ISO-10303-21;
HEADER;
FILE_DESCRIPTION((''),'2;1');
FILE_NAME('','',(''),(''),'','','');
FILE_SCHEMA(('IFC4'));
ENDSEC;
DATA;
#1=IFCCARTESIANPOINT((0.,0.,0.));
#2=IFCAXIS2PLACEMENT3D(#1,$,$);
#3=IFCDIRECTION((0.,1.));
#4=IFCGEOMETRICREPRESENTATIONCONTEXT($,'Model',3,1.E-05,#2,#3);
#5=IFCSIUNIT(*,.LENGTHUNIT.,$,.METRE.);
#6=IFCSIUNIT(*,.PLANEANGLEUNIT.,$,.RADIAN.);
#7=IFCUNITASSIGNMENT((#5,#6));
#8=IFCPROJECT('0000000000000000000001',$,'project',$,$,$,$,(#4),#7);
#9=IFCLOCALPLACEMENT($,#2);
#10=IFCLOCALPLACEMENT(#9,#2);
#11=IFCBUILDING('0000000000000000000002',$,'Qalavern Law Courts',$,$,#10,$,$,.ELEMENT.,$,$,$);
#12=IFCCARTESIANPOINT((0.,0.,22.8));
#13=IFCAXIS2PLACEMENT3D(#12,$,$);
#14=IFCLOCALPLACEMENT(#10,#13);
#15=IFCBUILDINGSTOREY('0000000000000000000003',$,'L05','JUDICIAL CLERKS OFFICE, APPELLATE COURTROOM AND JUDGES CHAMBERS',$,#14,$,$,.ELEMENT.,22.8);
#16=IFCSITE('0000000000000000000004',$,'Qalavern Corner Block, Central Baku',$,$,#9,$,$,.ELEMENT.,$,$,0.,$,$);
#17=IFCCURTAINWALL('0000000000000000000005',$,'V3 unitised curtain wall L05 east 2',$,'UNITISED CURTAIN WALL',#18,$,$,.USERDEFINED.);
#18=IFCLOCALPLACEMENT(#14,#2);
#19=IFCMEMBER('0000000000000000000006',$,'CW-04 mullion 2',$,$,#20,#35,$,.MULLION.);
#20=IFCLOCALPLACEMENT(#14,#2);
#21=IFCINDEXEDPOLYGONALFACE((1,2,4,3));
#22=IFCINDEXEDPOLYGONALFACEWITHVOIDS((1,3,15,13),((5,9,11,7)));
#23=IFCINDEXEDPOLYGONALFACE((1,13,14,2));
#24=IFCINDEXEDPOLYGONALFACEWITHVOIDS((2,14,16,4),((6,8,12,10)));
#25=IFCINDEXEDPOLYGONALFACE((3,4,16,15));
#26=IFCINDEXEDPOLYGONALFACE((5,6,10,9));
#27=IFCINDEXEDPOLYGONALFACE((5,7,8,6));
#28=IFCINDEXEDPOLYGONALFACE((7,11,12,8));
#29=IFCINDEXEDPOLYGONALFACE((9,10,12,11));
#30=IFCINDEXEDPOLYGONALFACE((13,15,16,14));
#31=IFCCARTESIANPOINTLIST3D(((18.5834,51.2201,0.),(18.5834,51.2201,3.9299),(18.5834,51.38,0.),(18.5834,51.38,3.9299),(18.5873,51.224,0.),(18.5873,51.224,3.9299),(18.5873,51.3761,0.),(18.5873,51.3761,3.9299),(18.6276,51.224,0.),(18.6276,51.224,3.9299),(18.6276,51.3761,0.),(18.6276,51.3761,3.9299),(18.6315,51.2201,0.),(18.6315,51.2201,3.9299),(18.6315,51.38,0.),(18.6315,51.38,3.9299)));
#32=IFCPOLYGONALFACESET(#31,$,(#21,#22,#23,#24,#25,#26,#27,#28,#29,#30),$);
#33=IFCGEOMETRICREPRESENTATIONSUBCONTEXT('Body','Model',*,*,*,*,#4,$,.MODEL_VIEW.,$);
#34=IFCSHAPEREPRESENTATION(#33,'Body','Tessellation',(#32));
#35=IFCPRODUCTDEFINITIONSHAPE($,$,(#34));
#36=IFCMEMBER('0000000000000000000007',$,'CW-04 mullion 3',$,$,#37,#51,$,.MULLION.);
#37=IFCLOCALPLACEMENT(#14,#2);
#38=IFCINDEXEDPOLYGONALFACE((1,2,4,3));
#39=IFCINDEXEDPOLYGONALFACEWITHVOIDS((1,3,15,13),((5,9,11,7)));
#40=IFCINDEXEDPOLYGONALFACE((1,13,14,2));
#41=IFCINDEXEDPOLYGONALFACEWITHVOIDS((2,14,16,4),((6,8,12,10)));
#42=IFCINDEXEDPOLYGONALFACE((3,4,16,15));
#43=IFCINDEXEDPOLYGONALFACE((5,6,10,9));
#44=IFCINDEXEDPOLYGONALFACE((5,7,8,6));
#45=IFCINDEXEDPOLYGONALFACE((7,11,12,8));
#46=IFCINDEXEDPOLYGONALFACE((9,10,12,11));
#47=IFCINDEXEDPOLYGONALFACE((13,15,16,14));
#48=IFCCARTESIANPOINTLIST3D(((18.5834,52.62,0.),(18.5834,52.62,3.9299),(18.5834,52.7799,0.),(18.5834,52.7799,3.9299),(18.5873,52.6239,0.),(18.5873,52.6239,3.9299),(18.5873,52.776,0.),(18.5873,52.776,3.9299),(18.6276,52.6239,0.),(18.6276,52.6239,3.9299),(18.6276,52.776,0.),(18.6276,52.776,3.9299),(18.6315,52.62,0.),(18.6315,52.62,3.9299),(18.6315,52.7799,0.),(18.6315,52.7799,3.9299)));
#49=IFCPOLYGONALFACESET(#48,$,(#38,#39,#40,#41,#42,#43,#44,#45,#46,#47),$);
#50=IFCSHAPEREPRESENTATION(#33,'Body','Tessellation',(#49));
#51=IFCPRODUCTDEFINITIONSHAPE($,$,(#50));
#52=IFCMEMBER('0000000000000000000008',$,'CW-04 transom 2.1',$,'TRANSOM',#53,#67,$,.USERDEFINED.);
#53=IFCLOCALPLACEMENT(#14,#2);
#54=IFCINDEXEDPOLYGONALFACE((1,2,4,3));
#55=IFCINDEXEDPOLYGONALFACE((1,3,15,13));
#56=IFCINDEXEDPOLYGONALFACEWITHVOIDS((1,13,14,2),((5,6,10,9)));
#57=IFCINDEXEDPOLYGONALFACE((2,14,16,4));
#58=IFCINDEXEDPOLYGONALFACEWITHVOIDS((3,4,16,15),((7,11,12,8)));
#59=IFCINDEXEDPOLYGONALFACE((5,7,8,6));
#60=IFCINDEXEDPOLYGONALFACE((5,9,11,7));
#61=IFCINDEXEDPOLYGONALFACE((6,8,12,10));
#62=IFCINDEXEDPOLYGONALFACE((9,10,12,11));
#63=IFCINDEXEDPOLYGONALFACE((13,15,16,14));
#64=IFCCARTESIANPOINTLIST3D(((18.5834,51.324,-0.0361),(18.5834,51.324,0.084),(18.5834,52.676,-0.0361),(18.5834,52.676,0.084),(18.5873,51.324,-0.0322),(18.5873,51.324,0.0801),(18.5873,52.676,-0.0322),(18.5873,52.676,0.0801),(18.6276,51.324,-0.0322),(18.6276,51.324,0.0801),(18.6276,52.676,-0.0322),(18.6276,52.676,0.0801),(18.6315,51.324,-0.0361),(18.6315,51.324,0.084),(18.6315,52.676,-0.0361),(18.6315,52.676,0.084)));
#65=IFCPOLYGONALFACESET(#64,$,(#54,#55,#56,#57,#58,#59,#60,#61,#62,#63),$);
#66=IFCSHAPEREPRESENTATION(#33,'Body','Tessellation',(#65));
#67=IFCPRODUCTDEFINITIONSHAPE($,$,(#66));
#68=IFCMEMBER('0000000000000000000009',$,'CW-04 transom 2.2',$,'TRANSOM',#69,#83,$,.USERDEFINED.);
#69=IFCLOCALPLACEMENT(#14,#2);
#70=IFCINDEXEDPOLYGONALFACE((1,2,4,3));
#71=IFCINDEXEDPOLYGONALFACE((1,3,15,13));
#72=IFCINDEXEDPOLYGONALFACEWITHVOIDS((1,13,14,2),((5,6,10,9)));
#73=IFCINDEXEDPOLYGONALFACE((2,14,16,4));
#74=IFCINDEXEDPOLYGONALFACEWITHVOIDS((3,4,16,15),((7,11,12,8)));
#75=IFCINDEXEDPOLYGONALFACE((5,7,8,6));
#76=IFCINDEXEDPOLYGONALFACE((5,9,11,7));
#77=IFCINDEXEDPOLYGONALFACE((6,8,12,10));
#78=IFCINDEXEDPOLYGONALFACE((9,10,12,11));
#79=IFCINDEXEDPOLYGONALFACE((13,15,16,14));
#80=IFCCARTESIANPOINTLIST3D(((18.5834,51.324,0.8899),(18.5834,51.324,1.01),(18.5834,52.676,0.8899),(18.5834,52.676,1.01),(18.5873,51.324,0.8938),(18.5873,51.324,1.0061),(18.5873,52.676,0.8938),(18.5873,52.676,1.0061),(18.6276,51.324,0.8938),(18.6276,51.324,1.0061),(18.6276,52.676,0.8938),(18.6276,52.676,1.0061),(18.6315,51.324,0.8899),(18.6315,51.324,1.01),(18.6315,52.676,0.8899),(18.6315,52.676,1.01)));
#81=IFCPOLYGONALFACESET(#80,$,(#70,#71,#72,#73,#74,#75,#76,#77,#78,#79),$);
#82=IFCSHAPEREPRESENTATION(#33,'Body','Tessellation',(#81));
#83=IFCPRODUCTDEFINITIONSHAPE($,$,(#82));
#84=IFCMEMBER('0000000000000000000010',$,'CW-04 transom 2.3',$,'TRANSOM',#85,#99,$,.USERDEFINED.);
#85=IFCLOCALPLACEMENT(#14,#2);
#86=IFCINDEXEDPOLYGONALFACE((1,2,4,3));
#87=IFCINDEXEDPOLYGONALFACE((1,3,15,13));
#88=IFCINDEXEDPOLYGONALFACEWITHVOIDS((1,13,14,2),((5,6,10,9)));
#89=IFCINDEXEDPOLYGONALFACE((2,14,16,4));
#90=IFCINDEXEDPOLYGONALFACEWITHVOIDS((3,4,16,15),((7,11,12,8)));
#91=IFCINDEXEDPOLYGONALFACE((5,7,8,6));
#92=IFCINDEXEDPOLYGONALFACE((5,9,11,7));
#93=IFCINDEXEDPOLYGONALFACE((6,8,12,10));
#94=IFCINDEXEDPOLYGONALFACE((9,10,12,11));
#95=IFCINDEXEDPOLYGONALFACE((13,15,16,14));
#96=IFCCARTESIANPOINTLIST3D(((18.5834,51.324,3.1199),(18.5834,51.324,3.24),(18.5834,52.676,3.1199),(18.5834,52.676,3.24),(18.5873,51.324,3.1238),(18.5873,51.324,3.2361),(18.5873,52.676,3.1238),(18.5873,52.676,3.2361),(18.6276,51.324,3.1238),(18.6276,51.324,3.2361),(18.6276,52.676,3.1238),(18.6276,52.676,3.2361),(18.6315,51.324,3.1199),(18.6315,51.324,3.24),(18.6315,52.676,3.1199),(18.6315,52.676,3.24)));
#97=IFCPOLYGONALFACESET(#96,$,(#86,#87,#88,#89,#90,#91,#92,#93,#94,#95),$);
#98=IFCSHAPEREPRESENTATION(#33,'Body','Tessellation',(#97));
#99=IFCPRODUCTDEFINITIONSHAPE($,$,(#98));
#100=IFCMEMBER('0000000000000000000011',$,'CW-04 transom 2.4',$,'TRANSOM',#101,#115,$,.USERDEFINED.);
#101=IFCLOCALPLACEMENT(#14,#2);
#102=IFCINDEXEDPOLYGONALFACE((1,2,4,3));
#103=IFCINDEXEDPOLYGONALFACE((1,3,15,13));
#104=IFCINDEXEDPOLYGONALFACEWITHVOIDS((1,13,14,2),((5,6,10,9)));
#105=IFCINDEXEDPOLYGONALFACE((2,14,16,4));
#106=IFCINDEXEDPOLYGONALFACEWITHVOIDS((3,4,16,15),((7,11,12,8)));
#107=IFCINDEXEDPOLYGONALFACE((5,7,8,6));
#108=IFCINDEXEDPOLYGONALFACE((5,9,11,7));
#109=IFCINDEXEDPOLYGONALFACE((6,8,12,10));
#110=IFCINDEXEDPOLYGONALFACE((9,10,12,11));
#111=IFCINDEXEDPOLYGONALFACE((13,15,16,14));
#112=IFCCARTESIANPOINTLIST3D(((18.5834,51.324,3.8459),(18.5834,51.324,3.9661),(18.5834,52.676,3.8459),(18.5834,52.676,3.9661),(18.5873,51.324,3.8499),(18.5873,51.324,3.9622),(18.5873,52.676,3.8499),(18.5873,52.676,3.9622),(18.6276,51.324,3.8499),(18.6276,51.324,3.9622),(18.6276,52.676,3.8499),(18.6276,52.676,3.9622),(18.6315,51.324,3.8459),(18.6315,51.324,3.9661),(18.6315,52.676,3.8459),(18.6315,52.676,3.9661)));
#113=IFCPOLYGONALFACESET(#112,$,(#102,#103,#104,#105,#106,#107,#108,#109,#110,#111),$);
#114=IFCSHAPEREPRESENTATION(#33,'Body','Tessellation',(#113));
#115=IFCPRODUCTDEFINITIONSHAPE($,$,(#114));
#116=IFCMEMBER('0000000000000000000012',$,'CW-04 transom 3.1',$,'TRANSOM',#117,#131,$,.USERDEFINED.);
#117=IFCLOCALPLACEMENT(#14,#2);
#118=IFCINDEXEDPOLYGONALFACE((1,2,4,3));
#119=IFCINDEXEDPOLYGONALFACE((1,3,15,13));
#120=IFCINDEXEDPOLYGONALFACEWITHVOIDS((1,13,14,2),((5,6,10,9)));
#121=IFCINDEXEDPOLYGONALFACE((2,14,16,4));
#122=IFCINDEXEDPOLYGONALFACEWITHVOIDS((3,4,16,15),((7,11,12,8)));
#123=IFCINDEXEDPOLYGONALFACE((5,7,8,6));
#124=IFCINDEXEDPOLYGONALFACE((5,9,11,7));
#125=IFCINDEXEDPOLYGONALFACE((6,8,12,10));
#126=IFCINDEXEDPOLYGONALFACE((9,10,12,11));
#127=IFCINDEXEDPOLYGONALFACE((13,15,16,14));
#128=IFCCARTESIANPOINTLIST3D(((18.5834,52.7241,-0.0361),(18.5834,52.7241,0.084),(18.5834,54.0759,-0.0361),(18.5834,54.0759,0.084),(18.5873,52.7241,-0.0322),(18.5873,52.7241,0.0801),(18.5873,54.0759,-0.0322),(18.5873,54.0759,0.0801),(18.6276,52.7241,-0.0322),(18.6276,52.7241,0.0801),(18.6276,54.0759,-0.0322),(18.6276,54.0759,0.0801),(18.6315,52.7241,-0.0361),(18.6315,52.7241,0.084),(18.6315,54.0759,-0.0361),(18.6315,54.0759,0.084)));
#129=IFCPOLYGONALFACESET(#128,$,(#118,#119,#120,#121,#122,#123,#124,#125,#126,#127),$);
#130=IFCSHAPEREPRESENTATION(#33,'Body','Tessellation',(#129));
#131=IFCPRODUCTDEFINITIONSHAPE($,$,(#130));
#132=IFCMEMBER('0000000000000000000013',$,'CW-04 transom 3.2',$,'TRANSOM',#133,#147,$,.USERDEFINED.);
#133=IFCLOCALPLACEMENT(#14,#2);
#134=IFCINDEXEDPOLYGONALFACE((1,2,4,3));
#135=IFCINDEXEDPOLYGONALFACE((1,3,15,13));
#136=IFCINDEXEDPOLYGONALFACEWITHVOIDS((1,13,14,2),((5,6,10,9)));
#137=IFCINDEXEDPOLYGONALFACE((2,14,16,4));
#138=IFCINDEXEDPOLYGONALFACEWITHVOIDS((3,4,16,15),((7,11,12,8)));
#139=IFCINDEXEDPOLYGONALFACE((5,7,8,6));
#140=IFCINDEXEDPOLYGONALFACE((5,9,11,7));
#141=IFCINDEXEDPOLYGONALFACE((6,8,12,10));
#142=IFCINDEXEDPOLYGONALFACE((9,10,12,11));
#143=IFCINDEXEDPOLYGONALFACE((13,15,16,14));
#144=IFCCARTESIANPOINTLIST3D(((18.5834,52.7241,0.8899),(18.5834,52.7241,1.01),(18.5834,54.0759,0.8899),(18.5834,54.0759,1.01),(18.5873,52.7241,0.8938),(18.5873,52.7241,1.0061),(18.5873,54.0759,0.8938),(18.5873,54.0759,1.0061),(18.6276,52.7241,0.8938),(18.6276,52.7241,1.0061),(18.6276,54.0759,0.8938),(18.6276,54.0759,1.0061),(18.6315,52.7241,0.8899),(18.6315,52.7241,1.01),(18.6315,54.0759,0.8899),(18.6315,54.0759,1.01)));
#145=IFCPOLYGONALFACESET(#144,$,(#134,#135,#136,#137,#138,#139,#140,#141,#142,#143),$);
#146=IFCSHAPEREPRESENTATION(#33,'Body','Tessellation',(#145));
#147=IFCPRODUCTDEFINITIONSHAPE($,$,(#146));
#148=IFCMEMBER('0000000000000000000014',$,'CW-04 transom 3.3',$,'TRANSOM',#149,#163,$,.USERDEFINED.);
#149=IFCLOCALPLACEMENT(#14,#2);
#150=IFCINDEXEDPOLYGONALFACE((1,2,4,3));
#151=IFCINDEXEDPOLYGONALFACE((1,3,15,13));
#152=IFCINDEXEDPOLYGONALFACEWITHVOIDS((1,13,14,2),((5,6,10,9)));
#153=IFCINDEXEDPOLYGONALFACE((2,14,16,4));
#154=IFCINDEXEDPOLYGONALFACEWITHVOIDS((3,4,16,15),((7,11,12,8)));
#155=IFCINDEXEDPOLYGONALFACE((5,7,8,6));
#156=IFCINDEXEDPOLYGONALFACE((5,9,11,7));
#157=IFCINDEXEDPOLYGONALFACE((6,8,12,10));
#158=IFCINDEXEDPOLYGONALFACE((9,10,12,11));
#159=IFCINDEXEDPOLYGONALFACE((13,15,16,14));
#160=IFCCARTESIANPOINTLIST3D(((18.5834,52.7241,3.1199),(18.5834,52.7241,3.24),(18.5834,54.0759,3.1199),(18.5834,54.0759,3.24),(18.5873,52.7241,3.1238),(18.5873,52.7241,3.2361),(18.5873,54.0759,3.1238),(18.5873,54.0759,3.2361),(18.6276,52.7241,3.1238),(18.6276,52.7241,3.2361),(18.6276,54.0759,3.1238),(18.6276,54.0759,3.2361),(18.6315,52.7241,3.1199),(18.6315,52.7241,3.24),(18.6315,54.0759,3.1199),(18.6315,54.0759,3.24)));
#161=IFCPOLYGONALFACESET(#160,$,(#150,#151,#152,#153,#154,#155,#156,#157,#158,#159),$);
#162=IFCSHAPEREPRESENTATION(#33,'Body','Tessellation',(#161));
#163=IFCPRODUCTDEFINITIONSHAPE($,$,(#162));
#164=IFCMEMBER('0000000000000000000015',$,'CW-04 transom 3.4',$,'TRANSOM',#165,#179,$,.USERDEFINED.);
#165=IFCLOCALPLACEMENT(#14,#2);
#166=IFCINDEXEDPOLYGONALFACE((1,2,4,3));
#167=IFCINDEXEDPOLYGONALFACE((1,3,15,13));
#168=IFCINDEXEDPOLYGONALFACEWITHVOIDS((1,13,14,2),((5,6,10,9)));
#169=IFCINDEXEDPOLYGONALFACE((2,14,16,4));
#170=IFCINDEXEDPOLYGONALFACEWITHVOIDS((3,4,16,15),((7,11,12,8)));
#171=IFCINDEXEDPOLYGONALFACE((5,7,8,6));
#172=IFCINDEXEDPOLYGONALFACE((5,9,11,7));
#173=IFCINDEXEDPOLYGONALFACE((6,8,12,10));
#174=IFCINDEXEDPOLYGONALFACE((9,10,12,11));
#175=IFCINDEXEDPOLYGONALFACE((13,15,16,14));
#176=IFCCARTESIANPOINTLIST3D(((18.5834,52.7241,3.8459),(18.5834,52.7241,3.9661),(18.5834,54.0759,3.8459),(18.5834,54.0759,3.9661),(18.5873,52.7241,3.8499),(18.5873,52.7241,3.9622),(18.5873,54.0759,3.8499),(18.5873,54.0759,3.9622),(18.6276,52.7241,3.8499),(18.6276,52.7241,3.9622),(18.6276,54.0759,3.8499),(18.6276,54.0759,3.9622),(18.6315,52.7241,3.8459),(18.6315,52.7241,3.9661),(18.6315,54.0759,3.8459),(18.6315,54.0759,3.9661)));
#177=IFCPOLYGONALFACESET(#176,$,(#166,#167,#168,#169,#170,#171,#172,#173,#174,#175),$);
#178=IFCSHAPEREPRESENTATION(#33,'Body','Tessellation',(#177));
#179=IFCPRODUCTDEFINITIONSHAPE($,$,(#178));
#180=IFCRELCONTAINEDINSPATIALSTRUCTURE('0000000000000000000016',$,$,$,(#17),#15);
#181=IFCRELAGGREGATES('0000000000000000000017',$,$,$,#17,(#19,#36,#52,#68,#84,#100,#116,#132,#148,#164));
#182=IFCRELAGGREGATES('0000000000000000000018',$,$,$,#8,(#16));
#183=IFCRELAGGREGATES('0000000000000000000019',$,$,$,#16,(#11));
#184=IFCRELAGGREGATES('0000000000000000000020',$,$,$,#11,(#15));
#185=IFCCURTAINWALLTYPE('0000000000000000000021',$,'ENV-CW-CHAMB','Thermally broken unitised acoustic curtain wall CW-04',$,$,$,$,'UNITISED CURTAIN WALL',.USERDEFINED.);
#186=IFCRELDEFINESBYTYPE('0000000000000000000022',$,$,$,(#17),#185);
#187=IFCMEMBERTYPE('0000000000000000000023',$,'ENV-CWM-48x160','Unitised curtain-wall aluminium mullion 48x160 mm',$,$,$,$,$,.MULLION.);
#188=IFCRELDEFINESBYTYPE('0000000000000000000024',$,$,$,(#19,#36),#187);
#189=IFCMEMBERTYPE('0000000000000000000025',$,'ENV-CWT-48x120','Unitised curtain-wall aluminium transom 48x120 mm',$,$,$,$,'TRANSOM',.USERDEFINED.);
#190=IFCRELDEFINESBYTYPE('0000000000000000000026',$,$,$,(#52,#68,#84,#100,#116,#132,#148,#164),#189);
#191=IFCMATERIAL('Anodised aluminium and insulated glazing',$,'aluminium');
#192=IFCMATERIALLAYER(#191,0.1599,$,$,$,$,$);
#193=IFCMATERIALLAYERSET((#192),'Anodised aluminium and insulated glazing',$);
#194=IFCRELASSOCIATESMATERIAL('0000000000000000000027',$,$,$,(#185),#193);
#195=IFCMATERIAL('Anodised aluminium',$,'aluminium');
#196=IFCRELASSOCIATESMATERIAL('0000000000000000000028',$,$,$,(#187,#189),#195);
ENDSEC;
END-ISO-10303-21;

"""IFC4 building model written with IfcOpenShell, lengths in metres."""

from ifc_helpers import new_model, si_unit, direction, frame, origin, origin_2d, place, context, subcontext, project, spatial, hollow_rectangle, extrude, material, layer, layer_set, material_profile, profile_set, type_object, element, aggregate, save


model = new_model("IFC4")

# Units and contexts
model_context = context("Model", 3, precision=1e-05, world=origin(), true_north=direction((0.0, 1.0)))
body_context = subcontext(model_context, "Body", "Model", "MODEL_VIEW")
ifc_project = project(units=[si_unit("LENGTHUNIT", "METRE"), si_unit("PLANEANGLEUNIT", "RADIAN")], contexts=[model_context])

# Site, building, storey
site_placement = place(None, origin())
site = spatial("IfcSite", under=ifc_project, at=site_placement, Name="Qalavern Corner Block, Central Baku", CompositionType="ELEMENT", RefElevation=0.0)
building_placement = place(site_placement, origin())
building = spatial("IfcBuilding", under=site, at=building_placement, Name="Qalavern Law Courts", CompositionType="ELEMENT")
storey_placement = place(building_placement, frame((0.0, 0.0, 22.8)))
storey = spatial("IfcBuildingStorey", under=building, at=storey_placement, Name="L05", Description="JUDICIAL CLERKS OFFICE, APPELLATE COURTROOM AND JUDGES CHAMBERS", CompositionType="ELEMENT", Elevation=22.8)

# Curtain wall, members
ifc_material_1 = material(Name="Anodised aluminium and insulated glazing", Category="aluminium")
ifc_layer_1 = layer(ifc_material_1, 0.1599)
ifc_layer_set_1 = layer_set([ifc_layer_1], Name="Anodised aluminium and insulated glazing")
curtain_wall_type = type_object("IfcCurtainWallType", Name="ENV-CW-CHAMB", Description="Thermally broken unitised acoustic curtain wall CW-04", ElementType="UNITISED CURTAIN WALL", PredefinedType="USERDEFINED", material=ifc_layer_set_1)
curtain_wall_placement = place(storey_placement, origin())
curtain_wall = element("IfcCurtainWall", 1, at=curtain_wall_placement, inside=storey, type_object=curtain_wall_type, Name="V3 unitised curtain wall L05 east 2", ObjectType="UNITISED CURTAIN WALL", PredefinedType="USERDEFINED")
ifc_material_2 = material(Name="Anodised aluminium", Category="aluminium")
ifc_material_profile_1 = material_profile(ifc_material_2, hollow_rectangle(XDim=0.0481, YDim=0.1599, WallThickness=0.0039, at=origin_2d()), Name="ALU MULLION 48x160")
ifc_profile_set_1 = profile_set([ifc_material_profile_1], Name="Anodised aluminium")
member_type_1 = type_object("IfcMemberType", Name="ENV-CWM-48x160", Description="Unitised curtain-wall aluminium mullion 48x160 mm", PredefinedType="MULLION", material=ifc_profile_set_1)
member_1_placement = place(storey_placement, frame((18.6074, 51.3, 0.0), z_axis=(0.0, 0.0, 1.0), x_axis=(-1.0, 0.0, 0.0)))
member_1 = element("IfcMember", 2, at=member_1_placement, type_object=member_type_1, Name="CW-04 mullion 2", PredefinedType="MULLION", context=body_context, shape_type="SweptSolid", body=[
    extrude(hollow_rectangle(XDim=0.0481, YDim=0.1599, WallThickness=0.0039, at=origin_2d()), origin(), (0.0, 0.0, 1.0), 3.9299),
])
member_2_placement = place(storey_placement, frame((18.6074, 52.7, 0.0), z_axis=(0.0, 0.0, 1.0), x_axis=(-1.0, 0.0, 0.0)))
member_2 = element("IfcMember", 3, at=member_2_placement, type_object=member_type_1, Name="CW-04 mullion 3", PredefinedType="MULLION", context=body_context, shape_type="SweptSolid", body=[
    extrude(hollow_rectangle(XDim=0.0481, YDim=0.1599, WallThickness=0.0039, at=origin_2d()), origin(), (0.0, 0.0, 1.0), 3.9299),
])
ifc_material_profile_2 = material_profile(ifc_material_2, hollow_rectangle(XDim=0.0481, YDim=0.1201, WallThickness=0.0039, at=origin_2d()), Name="ALU TRANSOM 48x120")
ifc_profile_set_2 = profile_set([ifc_material_profile_2], Name="Anodised aluminium")
member_type_2 = type_object("IfcMemberType", Name="ENV-CWT-48x120", Description="Unitised curtain-wall aluminium transom 48x120 mm", ElementType="TRANSOM", PredefinedType="USERDEFINED", material=ifc_profile_set_2)
member_3_placement = place(storey_placement, frame((18.6074, 51.324, 0.0239), z_axis=(0.0, 1.0, 0.0), x_axis=(-1.0, 0.0, 0.0)))
member_3 = element("IfcMember", 4, at=member_3_placement, type_object=member_type_2, Name="CW-04 transom 2.1", ObjectType="TRANSOM", PredefinedType="USERDEFINED", context=body_context, shape_type="SweptSolid", body=[
    extrude(hollow_rectangle(XDim=0.0481, YDim=0.1201, WallThickness=0.0039, at=origin_2d()), origin(), (0.0, 0.0, 1.0), 1.3521),
])
member_4_placement = place(storey_placement, frame((18.6074, 51.324, 0.95), z_axis=(0.0, 1.0, 0.0), x_axis=(-1.0, 0.0, 0.0)))
member_4 = element("IfcMember", 5, at=member_4_placement, type_object=member_type_2, Name="CW-04 transom 2.2", ObjectType="TRANSOM", PredefinedType="USERDEFINED", context=body_context, shape_type="SweptSolid", body=[
    extrude(hollow_rectangle(XDim=0.0481, YDim=0.1201, WallThickness=0.0039, at=origin_2d()), origin(), (0.0, 0.0, 1.0), 1.3521),
])
member_5_placement = place(storey_placement, frame((18.6074, 51.324, 3.1799), z_axis=(0.0, 1.0, 0.0), x_axis=(-1.0, 0.0, 0.0)))
member_5 = element("IfcMember", 6, at=member_5_placement, type_object=member_type_2, Name="CW-04 transom 2.3", ObjectType="TRANSOM", PredefinedType="USERDEFINED", context=body_context, shape_type="SweptSolid", body=[
    extrude(hollow_rectangle(XDim=0.0481, YDim=0.1201, WallThickness=0.0039, at=origin_2d()), origin(), (0.0, 0.0, 1.0), 1.3521),
])
member_6_placement = place(storey_placement, frame((18.6074, 51.324, 3.906), z_axis=(0.0, 1.0, 0.0), x_axis=(-1.0, 0.0, 0.0)))
member_6 = element("IfcMember", 7, at=member_6_placement, type_object=member_type_2, Name="CW-04 transom 2.4", ObjectType="TRANSOM", PredefinedType="USERDEFINED", context=body_context, shape_type="SweptSolid", body=[
    extrude(hollow_rectangle(XDim=0.0481, YDim=0.1201, WallThickness=0.0039, at=origin_2d()), origin(), (0.0, 0.0, 1.0), 1.3521),
])
member_7_placement = place(storey_placement, frame((18.6074, 52.7241, 0.0239), z_axis=(0.0, 1.0, 0.0), x_axis=(-1.0, 0.0, 0.0)))
member_7 = element("IfcMember", 8, at=member_7_placement, type_object=member_type_2, Name="CW-04 transom 3.1", ObjectType="TRANSOM", PredefinedType="USERDEFINED", context=body_context, shape_type="SweptSolid", body=[
    extrude(hollow_rectangle(XDim=0.0481, YDim=0.1201, WallThickness=0.0039, at=origin_2d()), origin(), (0.0, 0.0, 1.0), 1.3518),
])
member_8_placement = place(storey_placement, frame((18.6074, 52.7241, 0.95), z_axis=(0.0, 1.0, 0.0), x_axis=(-1.0, 0.0, 0.0)))
member_8 = element("IfcMember", 9, at=member_8_placement, type_object=member_type_2, Name="CW-04 transom 3.2", ObjectType="TRANSOM", PredefinedType="USERDEFINED", context=body_context, shape_type="SweptSolid", body=[
    extrude(hollow_rectangle(XDim=0.0481, YDim=0.1201, WallThickness=0.0039, at=origin_2d()), origin(), (0.0, 0.0, 1.0), 1.3518),
])
member_9_placement = place(storey_placement, frame((18.6074, 52.7241, 3.1799), z_axis=(0.0, 1.0, 0.0), x_axis=(-1.0, 0.0, 0.0)))
member_9 = element("IfcMember", 10, at=member_9_placement, type_object=member_type_2, Name="CW-04 transom 3.3", ObjectType="TRANSOM", PredefinedType="USERDEFINED", context=body_context, shape_type="SweptSolid", body=[
    extrude(hollow_rectangle(XDim=0.0481, YDim=0.1201, WallThickness=0.0039, at=origin_2d()), origin(), (0.0, 0.0, 1.0), 1.3518),
])
member_10_placement = place(storey_placement, frame((18.6074, 52.7241, 3.906), z_axis=(0.0, 1.0, 0.0), x_axis=(-1.0, 0.0, 0.0)))
member_10 = element("IfcMember", 11, at=member_10_placement, type_object=member_type_2, Name="CW-04 transom 3.4", ObjectType="TRANSOM", PredefinedType="USERDEFINED", context=body_context, shape_type="SweptSolid", body=[
    extrude(hollow_rectangle(XDim=0.0481, YDim=0.1201, WallThickness=0.0039, at=origin_2d()), origin(), (0.0, 0.0, 1.0), 1.3518),
])

aggregate(curtain_wall, [member_1, member_2, member_3, member_4, member_5, member_6, member_7, member_8, member_9, member_10])

save(model, "model.ifc")
